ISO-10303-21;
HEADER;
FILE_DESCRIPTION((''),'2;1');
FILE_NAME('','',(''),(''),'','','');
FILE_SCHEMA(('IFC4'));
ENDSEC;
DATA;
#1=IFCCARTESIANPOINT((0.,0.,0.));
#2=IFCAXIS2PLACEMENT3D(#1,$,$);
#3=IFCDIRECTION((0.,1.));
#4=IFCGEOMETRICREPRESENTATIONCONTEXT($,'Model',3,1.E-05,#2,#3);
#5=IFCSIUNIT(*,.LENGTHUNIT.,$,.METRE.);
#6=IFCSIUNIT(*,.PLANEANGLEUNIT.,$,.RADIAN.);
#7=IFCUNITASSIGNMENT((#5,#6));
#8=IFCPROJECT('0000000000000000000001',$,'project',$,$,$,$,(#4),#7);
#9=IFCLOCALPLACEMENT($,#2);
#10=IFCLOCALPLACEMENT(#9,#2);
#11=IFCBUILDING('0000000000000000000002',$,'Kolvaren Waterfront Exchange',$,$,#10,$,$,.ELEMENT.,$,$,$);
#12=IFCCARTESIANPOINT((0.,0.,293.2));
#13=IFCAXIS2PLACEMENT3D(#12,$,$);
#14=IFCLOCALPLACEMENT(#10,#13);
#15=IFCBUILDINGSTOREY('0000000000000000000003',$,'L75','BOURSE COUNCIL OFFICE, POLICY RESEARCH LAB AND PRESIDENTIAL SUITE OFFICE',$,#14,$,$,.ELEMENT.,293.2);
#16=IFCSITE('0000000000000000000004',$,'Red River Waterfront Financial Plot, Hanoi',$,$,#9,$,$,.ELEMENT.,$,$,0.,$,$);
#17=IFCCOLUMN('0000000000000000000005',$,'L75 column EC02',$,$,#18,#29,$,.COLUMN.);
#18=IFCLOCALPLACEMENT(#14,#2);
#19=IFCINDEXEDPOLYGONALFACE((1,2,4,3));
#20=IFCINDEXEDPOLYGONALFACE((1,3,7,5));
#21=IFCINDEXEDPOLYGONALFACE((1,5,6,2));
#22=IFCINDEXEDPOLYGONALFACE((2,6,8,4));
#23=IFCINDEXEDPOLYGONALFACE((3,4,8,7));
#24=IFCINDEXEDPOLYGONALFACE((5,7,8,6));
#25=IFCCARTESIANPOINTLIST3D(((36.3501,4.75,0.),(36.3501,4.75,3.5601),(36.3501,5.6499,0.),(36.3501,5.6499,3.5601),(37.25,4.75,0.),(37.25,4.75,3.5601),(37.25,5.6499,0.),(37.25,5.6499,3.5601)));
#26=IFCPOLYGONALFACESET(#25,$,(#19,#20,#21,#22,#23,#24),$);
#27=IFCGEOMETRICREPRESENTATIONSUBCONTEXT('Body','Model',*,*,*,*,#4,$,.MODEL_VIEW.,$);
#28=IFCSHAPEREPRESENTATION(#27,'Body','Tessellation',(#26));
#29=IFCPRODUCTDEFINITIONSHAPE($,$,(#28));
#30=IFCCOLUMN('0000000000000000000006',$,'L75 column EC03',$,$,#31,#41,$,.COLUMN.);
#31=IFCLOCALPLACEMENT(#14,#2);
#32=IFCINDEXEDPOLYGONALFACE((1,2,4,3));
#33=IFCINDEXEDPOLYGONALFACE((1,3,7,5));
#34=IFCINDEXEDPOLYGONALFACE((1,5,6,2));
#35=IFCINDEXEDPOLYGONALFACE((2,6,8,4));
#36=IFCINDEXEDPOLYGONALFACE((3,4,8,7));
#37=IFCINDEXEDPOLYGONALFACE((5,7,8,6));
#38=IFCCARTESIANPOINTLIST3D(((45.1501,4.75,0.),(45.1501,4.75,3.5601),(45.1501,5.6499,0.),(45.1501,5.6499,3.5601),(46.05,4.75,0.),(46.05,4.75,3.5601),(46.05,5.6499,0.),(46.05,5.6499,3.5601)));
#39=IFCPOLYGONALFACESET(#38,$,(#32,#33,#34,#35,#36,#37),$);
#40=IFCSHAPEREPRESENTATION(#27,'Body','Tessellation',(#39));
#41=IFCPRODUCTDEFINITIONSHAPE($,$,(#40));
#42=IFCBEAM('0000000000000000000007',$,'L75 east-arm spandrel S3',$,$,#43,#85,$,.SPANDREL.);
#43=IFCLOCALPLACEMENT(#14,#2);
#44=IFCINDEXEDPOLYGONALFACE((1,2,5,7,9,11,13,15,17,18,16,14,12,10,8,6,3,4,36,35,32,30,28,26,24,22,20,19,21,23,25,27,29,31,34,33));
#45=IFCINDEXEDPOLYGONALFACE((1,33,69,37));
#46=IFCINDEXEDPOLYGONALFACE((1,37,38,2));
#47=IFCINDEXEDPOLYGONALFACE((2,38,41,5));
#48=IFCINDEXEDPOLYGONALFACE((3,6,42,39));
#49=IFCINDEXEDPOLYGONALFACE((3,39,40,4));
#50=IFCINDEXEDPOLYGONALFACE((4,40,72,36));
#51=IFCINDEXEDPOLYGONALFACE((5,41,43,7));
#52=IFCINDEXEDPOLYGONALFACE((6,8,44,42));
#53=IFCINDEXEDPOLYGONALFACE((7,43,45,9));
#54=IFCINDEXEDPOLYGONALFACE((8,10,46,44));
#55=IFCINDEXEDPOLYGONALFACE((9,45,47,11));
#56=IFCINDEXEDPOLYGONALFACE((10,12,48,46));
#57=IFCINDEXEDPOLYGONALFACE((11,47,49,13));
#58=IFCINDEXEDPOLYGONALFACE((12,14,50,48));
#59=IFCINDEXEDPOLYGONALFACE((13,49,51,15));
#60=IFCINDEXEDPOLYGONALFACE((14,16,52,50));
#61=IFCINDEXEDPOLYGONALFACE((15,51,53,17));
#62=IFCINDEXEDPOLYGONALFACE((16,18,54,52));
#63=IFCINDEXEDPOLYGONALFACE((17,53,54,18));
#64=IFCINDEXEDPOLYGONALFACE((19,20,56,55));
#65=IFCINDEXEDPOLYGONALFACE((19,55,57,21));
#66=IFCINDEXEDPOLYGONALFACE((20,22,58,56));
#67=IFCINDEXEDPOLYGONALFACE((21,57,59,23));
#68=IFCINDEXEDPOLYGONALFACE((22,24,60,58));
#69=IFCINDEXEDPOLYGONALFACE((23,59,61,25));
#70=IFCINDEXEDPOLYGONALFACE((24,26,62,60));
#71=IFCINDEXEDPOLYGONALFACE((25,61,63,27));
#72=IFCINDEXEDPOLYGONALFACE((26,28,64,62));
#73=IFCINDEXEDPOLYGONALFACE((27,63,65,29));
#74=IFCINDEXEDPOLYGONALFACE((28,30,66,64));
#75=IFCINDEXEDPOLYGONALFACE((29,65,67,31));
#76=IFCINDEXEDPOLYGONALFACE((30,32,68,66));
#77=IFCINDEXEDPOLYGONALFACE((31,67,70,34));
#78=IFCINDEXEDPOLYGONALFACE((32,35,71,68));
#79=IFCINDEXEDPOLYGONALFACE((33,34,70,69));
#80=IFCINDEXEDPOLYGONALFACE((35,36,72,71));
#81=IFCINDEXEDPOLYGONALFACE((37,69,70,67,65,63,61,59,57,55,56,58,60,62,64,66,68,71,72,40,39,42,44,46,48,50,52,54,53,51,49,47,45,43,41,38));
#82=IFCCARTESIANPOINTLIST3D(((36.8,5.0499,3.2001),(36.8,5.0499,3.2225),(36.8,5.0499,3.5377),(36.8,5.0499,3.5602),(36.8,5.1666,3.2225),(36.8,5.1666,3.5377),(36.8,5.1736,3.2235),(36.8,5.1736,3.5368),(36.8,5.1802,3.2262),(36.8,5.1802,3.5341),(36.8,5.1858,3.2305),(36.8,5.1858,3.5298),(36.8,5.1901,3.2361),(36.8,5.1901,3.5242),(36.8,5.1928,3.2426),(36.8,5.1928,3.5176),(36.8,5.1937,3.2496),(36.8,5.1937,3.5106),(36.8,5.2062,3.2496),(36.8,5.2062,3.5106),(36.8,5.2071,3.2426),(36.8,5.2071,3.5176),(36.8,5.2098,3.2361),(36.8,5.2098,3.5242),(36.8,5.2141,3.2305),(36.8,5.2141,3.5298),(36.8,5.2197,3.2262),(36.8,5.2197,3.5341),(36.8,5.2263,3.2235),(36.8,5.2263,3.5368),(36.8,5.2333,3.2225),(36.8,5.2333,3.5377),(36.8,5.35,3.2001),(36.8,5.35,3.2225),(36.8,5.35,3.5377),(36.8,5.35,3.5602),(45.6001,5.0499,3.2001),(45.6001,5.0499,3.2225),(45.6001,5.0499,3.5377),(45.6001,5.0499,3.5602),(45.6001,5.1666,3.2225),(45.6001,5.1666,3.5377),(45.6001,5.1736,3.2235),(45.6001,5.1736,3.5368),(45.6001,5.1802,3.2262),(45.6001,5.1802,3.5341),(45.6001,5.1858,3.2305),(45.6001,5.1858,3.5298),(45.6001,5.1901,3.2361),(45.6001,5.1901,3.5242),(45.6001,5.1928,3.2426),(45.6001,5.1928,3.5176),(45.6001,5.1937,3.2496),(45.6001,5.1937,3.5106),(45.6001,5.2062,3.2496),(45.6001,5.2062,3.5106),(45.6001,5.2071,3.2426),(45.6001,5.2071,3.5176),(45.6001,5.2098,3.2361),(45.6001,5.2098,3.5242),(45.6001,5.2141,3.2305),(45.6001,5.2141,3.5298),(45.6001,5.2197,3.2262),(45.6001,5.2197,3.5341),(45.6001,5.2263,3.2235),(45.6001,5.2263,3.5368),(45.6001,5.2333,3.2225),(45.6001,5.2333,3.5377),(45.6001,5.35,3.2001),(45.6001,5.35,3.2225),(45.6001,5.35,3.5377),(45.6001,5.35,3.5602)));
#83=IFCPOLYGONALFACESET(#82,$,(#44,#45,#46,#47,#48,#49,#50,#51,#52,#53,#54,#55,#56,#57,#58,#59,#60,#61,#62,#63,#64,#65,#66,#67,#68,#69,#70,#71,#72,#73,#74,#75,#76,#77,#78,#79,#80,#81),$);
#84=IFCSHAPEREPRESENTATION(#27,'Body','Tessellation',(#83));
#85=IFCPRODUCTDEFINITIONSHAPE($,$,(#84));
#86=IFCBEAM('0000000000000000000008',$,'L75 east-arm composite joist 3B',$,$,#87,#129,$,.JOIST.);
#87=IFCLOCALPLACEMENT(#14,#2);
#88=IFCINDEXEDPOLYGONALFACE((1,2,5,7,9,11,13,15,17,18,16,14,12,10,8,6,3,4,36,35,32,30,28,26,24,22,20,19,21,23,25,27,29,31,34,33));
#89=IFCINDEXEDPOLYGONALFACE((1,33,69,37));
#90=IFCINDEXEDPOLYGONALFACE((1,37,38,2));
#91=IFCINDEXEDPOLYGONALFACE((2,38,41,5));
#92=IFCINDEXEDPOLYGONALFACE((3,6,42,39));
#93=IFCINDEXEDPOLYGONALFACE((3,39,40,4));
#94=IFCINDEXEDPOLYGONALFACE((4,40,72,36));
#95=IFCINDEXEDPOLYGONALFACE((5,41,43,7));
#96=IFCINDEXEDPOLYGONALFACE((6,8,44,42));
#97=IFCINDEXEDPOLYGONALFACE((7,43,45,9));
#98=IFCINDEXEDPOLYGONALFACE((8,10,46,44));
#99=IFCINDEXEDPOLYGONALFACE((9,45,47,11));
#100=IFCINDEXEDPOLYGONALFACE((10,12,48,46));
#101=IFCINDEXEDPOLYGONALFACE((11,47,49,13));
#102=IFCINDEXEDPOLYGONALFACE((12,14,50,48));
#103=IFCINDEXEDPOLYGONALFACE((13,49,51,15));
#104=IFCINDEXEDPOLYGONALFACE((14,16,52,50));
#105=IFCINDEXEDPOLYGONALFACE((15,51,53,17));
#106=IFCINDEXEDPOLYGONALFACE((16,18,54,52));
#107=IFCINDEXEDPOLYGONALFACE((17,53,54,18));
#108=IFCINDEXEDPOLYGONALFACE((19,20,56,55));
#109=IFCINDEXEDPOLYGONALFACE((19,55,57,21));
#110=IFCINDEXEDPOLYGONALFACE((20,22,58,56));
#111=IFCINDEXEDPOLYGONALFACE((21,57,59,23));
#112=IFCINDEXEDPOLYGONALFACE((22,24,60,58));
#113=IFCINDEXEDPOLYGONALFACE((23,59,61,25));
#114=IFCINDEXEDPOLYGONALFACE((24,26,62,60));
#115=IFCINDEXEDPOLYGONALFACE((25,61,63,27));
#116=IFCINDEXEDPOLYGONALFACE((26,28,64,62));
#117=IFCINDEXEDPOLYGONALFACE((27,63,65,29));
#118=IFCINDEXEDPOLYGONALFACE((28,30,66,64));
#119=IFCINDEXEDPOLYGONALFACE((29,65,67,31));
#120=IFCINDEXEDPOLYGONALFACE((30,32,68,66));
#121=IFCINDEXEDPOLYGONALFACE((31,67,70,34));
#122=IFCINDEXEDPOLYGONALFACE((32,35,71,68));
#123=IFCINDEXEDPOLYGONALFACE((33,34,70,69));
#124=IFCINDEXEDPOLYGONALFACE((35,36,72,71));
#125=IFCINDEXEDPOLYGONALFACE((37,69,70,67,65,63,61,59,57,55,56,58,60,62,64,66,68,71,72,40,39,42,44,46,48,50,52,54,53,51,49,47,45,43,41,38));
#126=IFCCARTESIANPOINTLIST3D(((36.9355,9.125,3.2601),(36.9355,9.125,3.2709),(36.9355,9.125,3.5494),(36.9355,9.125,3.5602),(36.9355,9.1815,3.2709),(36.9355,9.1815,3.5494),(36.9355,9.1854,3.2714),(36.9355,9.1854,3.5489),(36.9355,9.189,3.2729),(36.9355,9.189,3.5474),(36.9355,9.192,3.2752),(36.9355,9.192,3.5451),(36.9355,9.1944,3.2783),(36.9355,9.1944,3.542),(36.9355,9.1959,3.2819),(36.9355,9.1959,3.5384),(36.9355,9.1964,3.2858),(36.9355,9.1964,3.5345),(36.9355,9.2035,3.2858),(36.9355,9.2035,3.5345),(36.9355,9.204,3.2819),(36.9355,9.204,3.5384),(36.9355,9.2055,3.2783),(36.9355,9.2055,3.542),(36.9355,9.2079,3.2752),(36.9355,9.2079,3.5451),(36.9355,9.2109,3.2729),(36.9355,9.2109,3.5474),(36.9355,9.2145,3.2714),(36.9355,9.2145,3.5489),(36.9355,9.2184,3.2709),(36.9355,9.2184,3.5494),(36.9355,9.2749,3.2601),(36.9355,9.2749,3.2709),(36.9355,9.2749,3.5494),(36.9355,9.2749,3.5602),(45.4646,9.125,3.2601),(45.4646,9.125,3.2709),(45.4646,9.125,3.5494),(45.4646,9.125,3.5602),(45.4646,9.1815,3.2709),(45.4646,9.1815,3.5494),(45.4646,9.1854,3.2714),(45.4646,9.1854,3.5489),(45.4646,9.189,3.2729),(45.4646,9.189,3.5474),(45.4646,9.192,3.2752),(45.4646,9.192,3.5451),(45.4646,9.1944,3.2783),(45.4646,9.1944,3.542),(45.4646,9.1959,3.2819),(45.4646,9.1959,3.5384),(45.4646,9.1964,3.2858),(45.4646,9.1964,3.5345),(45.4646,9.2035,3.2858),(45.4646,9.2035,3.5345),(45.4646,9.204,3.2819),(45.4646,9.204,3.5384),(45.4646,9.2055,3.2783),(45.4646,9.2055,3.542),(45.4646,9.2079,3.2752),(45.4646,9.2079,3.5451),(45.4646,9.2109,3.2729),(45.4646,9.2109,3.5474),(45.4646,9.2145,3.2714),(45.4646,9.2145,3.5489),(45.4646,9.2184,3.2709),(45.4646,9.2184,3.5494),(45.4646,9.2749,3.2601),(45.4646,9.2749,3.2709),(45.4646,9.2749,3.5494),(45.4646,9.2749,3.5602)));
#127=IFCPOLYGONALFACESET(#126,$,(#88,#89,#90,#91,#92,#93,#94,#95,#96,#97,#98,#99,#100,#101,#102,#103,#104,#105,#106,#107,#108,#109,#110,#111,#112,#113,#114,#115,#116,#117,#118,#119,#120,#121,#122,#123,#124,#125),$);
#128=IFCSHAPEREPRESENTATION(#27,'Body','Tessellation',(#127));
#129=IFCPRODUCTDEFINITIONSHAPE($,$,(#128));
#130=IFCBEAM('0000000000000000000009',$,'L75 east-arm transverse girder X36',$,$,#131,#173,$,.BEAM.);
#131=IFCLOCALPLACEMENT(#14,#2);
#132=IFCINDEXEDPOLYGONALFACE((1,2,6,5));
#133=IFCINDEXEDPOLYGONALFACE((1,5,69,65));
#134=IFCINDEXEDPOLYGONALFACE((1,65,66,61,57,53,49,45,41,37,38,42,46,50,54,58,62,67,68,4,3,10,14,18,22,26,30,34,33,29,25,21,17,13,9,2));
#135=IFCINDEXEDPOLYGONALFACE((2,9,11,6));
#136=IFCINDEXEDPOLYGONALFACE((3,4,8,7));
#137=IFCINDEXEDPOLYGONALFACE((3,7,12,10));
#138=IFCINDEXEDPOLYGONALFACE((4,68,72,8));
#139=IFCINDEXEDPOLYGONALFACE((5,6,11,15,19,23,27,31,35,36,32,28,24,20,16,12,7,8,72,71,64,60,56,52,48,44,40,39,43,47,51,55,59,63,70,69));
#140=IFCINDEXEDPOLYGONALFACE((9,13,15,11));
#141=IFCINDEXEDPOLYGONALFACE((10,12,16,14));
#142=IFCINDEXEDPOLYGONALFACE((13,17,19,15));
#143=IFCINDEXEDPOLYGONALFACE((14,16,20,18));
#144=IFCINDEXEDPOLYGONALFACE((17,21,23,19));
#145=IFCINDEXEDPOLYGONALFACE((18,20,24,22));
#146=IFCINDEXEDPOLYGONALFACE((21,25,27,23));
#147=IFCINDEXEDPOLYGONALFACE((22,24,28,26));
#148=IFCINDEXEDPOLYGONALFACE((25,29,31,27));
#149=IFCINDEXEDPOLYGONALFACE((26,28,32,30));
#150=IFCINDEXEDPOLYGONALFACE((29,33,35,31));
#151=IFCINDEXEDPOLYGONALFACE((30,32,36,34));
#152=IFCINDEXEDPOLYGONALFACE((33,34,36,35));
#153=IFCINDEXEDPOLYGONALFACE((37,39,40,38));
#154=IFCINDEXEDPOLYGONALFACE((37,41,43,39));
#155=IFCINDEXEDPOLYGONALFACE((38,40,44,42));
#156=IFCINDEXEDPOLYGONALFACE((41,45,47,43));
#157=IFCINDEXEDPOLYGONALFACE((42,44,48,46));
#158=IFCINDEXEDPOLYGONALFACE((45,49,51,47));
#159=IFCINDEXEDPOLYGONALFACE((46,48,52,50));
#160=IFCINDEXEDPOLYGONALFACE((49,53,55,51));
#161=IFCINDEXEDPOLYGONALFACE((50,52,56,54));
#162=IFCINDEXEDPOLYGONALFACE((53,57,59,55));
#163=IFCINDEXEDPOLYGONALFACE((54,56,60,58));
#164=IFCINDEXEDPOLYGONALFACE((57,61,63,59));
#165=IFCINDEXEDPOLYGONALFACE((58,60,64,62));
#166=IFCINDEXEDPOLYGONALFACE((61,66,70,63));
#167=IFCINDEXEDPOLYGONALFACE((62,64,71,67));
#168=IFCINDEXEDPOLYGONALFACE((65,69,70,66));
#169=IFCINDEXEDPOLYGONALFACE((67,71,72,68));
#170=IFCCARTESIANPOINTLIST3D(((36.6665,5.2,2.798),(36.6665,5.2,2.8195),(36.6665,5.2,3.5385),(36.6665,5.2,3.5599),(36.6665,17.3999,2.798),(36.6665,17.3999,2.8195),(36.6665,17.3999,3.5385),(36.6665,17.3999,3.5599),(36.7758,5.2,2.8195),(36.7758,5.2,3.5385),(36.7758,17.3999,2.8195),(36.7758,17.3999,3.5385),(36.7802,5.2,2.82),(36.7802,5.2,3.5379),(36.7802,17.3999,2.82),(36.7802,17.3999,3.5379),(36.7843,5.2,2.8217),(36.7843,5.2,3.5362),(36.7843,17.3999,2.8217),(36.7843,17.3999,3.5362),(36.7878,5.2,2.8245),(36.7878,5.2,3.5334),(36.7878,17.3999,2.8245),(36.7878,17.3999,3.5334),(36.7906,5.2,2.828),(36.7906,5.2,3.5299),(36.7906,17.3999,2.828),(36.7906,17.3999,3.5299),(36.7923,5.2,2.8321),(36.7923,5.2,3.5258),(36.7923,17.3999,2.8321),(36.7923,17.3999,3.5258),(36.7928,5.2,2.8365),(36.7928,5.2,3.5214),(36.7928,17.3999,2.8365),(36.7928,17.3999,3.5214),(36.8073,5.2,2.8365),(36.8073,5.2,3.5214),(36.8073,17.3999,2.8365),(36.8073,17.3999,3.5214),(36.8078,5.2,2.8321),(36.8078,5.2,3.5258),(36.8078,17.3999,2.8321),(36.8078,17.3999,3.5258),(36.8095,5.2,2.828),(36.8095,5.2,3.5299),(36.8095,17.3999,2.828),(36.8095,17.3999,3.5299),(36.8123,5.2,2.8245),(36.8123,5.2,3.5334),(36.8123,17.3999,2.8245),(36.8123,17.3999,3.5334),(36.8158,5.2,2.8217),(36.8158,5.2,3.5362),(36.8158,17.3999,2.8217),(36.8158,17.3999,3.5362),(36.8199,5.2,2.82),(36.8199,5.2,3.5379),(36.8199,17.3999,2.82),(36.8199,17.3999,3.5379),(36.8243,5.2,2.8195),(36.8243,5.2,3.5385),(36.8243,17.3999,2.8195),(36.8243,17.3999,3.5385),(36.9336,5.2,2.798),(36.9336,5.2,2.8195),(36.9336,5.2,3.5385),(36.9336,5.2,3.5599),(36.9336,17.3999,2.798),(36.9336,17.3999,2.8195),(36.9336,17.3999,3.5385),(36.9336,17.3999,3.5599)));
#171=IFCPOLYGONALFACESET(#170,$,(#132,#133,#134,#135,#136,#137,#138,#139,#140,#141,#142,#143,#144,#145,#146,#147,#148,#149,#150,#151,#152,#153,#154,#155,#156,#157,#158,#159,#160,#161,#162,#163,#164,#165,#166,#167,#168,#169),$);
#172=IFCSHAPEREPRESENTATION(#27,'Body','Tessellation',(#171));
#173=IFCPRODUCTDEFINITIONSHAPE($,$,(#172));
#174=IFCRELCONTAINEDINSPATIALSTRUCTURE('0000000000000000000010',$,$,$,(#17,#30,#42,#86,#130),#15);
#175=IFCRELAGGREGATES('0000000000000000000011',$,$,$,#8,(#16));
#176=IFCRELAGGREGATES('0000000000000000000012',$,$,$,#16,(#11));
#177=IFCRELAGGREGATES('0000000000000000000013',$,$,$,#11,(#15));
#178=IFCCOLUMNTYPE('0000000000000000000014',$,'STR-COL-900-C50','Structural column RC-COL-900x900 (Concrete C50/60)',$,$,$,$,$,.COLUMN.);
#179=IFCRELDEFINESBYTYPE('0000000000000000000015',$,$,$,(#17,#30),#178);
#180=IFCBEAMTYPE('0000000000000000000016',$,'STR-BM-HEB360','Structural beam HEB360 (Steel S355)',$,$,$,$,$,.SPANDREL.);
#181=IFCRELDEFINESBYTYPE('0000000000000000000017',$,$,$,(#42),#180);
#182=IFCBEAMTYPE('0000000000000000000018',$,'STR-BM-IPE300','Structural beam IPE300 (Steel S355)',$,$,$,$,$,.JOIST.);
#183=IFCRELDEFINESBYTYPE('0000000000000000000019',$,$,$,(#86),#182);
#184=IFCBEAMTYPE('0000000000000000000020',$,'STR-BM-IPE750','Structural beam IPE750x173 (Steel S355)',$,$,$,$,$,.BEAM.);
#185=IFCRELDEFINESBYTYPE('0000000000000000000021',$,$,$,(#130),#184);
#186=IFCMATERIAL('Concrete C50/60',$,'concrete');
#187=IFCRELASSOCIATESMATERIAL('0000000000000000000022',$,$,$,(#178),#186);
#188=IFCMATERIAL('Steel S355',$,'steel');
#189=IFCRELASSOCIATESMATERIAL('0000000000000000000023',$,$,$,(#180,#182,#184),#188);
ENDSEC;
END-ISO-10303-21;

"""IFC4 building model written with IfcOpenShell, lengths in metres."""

from ifc_helpers import new_model, si_unit, direction, frame, origin, origin_2d, place, context, subcontext, project, spatial, rectangle, i_section, extrude, material, material_profile, profile_set, type_object, element, save


model = new_model("IFC4")

# Units and contexts
model_context = context("Model", 3, precision=1e-05, world=origin(), true_north=direction((0.0, 1.0)))
body_context = subcontext(model_context, "Body", "Model", "MODEL_VIEW")
ifc_project = project(units=[si_unit("LENGTHUNIT", "METRE"), si_unit("PLANEANGLEUNIT", "RADIAN")], contexts=[model_context])

# Site, building, storey
site_placement = place(None, origin())
site = spatial("IfcSite", under=ifc_project, at=site_placement, Name="Red River Waterfront Financial Plot, Hanoi", CompositionType="ELEMENT", RefElevation=0.0)
building_placement = place(site_placement, origin())
building = spatial("IfcBuilding", under=site, at=building_placement, Name="Kolvaren Waterfront Exchange", CompositionType="ELEMENT")
storey_placement = place(building_placement, frame((0.0, 0.0, 293.2)))
storey = spatial("IfcBuildingStorey", under=building, at=storey_placement, Name="L75", Description="BOURSE COUNCIL OFFICE, POLICY RESEARCH LAB AND PRESIDENTIAL SUITE OFFICE", CompositionType="ELEMENT", Elevation=293.2)

# Columns
ifc_material_1 = material(Name="Concrete C50/60", Category="concrete")
ifc_material_profile_1 = material_profile(ifc_material_1, rectangle(XDim=0.8999, YDim=0.8999, at=origin_2d()), Name="RC-COL-900x900")
ifc_profile_set_1 = profile_set([ifc_material_profile_1], Name="Concrete C50/60")
column_type = type_object("IfcColumnType", Name="STR-COL-900-C50", Description="Structural column RC-COL-900x900 (Concrete C50/60)", PredefinedType="COLUMN", material=ifc_profile_set_1)
for number, where, z_axis, x_axis, name in (
    (1, (36.8, 5.2, 0.0), (0.0, 0.0, 1.0), (1.0, 0.0, 0.0), "L75 column EC02"),
    (2, (45.6001, 5.2, 0.0), (0.0, 0.0, 1.0), (1.0, 0.0, 0.0), "L75 column EC03"),
):
    element("IfcColumn", number, at=place(storey_placement, frame(where, z_axis=z_axis, x_axis=x_axis)), inside=storey, type_object=column_type, Name=name, PredefinedType="COLUMN", context=body_context, shape_type="SweptSolid", body=[
        extrude(rectangle(XDim=0.8999, YDim=0.8999, at=origin_2d()), origin(), (0.0, 0.0, 1.0), 3.5601),
    ])

# Beams
ifc_material_2 = material(Name="Steel S355", Category="steel")
ifc_material_profile_2 = material_profile(ifc_material_2, i_section(OverallWidth=0.3, OverallDepth=0.3601, WebThickness=0.0125, FlangeThickness=0.0225, FilletRadius=0.0271, at=origin_2d()), Name="HEB360")
ifc_profile_set_2 = profile_set([ifc_material_profile_2], Name="Steel S355")
beam_type_1 = type_object("IfcBeamType", Name="STR-BM-HEB360", Description="Structural beam HEB360 (Steel S355)", PredefinedType="SPANDREL", material=ifc_profile_set_2)
beam_1_placement = place(storey_placement, frame((36.8, 5.2, 3.3801), z_axis=(1.0, 0.0, 0.0), x_axis=(0.0, 1.0, 0.0)))
element("IfcBeam", 3, at=beam_1_placement, inside=storey, type_object=beam_type_1, Name="L75 east-arm spandrel S3", PredefinedType="SPANDREL", context=body_context, shape_type="SweptSolid", body=[
    extrude(i_section(OverallWidth=0.3, OverallDepth=0.3601, WebThickness=0.0125, FlangeThickness=0.0225, FilletRadius=0.0271, at=origin_2d()), origin(), (0.0, 0.0, 1.0), 8.8),
])
ifc_material_profile_3 = material_profile(ifc_material_2, i_section(OverallWidth=0.1499, OverallDepth=0.3, WebThickness=0.0071, FlangeThickness=0.0107, FilletRadius=0.0149, at=origin_2d()), Name="IPE300")
ifc_profile_set_3 = profile_set([ifc_material_profile_3], Name="Steel S355")
beam_type_2 = type_object("IfcBeamType", Name="STR-BM-IPE300", Description="Structural beam IPE300 (Steel S355)", PredefinedType="JOIST", material=ifc_profile_set_3)
beam_2_placement = place(storey_placement, frame((36.9355, 9.2, 3.4102), z_axis=(1.0, 0.0, 0.0), x_axis=(0.0, 1.0, 0.0)))
element("IfcBeam", 4, at=beam_2_placement, inside=storey, type_object=beam_type_2, Name="L75 east-arm composite joist 3B", PredefinedType="JOIST", context=body_context, shape_type="SweptSolid", body=[
    extrude(i_section(OverallWidth=0.1499, OverallDepth=0.3, WebThickness=0.0071, FlangeThickness=0.0107, FilletRadius=0.0149, at=origin_2d()), origin(), (0.0, 0.0, 1.0), 8.5291),
])
ifc_material_profile_4 = material_profile(ifc_material_2, i_section(OverallWidth=0.2671, OverallDepth=0.762, WebThickness=0.0144, FlangeThickness=0.0215, FilletRadius=0.0171, at=origin_2d()), Name="IPE750x173")
ifc_profile_set_4 = profile_set([ifc_material_profile_4], Name="Steel S355")
beam_type_3 = type_object("IfcBeamType", Name="STR-BM-IPE750", Description="Structural beam IPE750x173 (Steel S355)", PredefinedType="BEAM", material=ifc_profile_set_4)
for number, where, z_axis, x_axis, name in (
    (5, (36.8, 5.2, 3.179), (0.0, 1.0, 0.0), (-1.0, 0.0, 0.0), "L75 east-arm transverse girder X36"),
):
    element("IfcBeam", number, at=place(storey_placement, frame(where, z_axis=z_axis, x_axis=x_axis)), inside=storey, type_object=beam_type_3, Name=name, PredefinedType="BEAM", context=body_context, shape_type="SweptSolid", body=[
        extrude(i_section(OverallWidth=0.2671, OverallDepth=0.762, WebThickness=0.0144, FlangeThickness=0.0215, FilletRadius=0.0171, at=origin_2d()), origin(), (0.0, 0.0, 1.0), 12.2),
    ])

save(model, "model.ifc")
